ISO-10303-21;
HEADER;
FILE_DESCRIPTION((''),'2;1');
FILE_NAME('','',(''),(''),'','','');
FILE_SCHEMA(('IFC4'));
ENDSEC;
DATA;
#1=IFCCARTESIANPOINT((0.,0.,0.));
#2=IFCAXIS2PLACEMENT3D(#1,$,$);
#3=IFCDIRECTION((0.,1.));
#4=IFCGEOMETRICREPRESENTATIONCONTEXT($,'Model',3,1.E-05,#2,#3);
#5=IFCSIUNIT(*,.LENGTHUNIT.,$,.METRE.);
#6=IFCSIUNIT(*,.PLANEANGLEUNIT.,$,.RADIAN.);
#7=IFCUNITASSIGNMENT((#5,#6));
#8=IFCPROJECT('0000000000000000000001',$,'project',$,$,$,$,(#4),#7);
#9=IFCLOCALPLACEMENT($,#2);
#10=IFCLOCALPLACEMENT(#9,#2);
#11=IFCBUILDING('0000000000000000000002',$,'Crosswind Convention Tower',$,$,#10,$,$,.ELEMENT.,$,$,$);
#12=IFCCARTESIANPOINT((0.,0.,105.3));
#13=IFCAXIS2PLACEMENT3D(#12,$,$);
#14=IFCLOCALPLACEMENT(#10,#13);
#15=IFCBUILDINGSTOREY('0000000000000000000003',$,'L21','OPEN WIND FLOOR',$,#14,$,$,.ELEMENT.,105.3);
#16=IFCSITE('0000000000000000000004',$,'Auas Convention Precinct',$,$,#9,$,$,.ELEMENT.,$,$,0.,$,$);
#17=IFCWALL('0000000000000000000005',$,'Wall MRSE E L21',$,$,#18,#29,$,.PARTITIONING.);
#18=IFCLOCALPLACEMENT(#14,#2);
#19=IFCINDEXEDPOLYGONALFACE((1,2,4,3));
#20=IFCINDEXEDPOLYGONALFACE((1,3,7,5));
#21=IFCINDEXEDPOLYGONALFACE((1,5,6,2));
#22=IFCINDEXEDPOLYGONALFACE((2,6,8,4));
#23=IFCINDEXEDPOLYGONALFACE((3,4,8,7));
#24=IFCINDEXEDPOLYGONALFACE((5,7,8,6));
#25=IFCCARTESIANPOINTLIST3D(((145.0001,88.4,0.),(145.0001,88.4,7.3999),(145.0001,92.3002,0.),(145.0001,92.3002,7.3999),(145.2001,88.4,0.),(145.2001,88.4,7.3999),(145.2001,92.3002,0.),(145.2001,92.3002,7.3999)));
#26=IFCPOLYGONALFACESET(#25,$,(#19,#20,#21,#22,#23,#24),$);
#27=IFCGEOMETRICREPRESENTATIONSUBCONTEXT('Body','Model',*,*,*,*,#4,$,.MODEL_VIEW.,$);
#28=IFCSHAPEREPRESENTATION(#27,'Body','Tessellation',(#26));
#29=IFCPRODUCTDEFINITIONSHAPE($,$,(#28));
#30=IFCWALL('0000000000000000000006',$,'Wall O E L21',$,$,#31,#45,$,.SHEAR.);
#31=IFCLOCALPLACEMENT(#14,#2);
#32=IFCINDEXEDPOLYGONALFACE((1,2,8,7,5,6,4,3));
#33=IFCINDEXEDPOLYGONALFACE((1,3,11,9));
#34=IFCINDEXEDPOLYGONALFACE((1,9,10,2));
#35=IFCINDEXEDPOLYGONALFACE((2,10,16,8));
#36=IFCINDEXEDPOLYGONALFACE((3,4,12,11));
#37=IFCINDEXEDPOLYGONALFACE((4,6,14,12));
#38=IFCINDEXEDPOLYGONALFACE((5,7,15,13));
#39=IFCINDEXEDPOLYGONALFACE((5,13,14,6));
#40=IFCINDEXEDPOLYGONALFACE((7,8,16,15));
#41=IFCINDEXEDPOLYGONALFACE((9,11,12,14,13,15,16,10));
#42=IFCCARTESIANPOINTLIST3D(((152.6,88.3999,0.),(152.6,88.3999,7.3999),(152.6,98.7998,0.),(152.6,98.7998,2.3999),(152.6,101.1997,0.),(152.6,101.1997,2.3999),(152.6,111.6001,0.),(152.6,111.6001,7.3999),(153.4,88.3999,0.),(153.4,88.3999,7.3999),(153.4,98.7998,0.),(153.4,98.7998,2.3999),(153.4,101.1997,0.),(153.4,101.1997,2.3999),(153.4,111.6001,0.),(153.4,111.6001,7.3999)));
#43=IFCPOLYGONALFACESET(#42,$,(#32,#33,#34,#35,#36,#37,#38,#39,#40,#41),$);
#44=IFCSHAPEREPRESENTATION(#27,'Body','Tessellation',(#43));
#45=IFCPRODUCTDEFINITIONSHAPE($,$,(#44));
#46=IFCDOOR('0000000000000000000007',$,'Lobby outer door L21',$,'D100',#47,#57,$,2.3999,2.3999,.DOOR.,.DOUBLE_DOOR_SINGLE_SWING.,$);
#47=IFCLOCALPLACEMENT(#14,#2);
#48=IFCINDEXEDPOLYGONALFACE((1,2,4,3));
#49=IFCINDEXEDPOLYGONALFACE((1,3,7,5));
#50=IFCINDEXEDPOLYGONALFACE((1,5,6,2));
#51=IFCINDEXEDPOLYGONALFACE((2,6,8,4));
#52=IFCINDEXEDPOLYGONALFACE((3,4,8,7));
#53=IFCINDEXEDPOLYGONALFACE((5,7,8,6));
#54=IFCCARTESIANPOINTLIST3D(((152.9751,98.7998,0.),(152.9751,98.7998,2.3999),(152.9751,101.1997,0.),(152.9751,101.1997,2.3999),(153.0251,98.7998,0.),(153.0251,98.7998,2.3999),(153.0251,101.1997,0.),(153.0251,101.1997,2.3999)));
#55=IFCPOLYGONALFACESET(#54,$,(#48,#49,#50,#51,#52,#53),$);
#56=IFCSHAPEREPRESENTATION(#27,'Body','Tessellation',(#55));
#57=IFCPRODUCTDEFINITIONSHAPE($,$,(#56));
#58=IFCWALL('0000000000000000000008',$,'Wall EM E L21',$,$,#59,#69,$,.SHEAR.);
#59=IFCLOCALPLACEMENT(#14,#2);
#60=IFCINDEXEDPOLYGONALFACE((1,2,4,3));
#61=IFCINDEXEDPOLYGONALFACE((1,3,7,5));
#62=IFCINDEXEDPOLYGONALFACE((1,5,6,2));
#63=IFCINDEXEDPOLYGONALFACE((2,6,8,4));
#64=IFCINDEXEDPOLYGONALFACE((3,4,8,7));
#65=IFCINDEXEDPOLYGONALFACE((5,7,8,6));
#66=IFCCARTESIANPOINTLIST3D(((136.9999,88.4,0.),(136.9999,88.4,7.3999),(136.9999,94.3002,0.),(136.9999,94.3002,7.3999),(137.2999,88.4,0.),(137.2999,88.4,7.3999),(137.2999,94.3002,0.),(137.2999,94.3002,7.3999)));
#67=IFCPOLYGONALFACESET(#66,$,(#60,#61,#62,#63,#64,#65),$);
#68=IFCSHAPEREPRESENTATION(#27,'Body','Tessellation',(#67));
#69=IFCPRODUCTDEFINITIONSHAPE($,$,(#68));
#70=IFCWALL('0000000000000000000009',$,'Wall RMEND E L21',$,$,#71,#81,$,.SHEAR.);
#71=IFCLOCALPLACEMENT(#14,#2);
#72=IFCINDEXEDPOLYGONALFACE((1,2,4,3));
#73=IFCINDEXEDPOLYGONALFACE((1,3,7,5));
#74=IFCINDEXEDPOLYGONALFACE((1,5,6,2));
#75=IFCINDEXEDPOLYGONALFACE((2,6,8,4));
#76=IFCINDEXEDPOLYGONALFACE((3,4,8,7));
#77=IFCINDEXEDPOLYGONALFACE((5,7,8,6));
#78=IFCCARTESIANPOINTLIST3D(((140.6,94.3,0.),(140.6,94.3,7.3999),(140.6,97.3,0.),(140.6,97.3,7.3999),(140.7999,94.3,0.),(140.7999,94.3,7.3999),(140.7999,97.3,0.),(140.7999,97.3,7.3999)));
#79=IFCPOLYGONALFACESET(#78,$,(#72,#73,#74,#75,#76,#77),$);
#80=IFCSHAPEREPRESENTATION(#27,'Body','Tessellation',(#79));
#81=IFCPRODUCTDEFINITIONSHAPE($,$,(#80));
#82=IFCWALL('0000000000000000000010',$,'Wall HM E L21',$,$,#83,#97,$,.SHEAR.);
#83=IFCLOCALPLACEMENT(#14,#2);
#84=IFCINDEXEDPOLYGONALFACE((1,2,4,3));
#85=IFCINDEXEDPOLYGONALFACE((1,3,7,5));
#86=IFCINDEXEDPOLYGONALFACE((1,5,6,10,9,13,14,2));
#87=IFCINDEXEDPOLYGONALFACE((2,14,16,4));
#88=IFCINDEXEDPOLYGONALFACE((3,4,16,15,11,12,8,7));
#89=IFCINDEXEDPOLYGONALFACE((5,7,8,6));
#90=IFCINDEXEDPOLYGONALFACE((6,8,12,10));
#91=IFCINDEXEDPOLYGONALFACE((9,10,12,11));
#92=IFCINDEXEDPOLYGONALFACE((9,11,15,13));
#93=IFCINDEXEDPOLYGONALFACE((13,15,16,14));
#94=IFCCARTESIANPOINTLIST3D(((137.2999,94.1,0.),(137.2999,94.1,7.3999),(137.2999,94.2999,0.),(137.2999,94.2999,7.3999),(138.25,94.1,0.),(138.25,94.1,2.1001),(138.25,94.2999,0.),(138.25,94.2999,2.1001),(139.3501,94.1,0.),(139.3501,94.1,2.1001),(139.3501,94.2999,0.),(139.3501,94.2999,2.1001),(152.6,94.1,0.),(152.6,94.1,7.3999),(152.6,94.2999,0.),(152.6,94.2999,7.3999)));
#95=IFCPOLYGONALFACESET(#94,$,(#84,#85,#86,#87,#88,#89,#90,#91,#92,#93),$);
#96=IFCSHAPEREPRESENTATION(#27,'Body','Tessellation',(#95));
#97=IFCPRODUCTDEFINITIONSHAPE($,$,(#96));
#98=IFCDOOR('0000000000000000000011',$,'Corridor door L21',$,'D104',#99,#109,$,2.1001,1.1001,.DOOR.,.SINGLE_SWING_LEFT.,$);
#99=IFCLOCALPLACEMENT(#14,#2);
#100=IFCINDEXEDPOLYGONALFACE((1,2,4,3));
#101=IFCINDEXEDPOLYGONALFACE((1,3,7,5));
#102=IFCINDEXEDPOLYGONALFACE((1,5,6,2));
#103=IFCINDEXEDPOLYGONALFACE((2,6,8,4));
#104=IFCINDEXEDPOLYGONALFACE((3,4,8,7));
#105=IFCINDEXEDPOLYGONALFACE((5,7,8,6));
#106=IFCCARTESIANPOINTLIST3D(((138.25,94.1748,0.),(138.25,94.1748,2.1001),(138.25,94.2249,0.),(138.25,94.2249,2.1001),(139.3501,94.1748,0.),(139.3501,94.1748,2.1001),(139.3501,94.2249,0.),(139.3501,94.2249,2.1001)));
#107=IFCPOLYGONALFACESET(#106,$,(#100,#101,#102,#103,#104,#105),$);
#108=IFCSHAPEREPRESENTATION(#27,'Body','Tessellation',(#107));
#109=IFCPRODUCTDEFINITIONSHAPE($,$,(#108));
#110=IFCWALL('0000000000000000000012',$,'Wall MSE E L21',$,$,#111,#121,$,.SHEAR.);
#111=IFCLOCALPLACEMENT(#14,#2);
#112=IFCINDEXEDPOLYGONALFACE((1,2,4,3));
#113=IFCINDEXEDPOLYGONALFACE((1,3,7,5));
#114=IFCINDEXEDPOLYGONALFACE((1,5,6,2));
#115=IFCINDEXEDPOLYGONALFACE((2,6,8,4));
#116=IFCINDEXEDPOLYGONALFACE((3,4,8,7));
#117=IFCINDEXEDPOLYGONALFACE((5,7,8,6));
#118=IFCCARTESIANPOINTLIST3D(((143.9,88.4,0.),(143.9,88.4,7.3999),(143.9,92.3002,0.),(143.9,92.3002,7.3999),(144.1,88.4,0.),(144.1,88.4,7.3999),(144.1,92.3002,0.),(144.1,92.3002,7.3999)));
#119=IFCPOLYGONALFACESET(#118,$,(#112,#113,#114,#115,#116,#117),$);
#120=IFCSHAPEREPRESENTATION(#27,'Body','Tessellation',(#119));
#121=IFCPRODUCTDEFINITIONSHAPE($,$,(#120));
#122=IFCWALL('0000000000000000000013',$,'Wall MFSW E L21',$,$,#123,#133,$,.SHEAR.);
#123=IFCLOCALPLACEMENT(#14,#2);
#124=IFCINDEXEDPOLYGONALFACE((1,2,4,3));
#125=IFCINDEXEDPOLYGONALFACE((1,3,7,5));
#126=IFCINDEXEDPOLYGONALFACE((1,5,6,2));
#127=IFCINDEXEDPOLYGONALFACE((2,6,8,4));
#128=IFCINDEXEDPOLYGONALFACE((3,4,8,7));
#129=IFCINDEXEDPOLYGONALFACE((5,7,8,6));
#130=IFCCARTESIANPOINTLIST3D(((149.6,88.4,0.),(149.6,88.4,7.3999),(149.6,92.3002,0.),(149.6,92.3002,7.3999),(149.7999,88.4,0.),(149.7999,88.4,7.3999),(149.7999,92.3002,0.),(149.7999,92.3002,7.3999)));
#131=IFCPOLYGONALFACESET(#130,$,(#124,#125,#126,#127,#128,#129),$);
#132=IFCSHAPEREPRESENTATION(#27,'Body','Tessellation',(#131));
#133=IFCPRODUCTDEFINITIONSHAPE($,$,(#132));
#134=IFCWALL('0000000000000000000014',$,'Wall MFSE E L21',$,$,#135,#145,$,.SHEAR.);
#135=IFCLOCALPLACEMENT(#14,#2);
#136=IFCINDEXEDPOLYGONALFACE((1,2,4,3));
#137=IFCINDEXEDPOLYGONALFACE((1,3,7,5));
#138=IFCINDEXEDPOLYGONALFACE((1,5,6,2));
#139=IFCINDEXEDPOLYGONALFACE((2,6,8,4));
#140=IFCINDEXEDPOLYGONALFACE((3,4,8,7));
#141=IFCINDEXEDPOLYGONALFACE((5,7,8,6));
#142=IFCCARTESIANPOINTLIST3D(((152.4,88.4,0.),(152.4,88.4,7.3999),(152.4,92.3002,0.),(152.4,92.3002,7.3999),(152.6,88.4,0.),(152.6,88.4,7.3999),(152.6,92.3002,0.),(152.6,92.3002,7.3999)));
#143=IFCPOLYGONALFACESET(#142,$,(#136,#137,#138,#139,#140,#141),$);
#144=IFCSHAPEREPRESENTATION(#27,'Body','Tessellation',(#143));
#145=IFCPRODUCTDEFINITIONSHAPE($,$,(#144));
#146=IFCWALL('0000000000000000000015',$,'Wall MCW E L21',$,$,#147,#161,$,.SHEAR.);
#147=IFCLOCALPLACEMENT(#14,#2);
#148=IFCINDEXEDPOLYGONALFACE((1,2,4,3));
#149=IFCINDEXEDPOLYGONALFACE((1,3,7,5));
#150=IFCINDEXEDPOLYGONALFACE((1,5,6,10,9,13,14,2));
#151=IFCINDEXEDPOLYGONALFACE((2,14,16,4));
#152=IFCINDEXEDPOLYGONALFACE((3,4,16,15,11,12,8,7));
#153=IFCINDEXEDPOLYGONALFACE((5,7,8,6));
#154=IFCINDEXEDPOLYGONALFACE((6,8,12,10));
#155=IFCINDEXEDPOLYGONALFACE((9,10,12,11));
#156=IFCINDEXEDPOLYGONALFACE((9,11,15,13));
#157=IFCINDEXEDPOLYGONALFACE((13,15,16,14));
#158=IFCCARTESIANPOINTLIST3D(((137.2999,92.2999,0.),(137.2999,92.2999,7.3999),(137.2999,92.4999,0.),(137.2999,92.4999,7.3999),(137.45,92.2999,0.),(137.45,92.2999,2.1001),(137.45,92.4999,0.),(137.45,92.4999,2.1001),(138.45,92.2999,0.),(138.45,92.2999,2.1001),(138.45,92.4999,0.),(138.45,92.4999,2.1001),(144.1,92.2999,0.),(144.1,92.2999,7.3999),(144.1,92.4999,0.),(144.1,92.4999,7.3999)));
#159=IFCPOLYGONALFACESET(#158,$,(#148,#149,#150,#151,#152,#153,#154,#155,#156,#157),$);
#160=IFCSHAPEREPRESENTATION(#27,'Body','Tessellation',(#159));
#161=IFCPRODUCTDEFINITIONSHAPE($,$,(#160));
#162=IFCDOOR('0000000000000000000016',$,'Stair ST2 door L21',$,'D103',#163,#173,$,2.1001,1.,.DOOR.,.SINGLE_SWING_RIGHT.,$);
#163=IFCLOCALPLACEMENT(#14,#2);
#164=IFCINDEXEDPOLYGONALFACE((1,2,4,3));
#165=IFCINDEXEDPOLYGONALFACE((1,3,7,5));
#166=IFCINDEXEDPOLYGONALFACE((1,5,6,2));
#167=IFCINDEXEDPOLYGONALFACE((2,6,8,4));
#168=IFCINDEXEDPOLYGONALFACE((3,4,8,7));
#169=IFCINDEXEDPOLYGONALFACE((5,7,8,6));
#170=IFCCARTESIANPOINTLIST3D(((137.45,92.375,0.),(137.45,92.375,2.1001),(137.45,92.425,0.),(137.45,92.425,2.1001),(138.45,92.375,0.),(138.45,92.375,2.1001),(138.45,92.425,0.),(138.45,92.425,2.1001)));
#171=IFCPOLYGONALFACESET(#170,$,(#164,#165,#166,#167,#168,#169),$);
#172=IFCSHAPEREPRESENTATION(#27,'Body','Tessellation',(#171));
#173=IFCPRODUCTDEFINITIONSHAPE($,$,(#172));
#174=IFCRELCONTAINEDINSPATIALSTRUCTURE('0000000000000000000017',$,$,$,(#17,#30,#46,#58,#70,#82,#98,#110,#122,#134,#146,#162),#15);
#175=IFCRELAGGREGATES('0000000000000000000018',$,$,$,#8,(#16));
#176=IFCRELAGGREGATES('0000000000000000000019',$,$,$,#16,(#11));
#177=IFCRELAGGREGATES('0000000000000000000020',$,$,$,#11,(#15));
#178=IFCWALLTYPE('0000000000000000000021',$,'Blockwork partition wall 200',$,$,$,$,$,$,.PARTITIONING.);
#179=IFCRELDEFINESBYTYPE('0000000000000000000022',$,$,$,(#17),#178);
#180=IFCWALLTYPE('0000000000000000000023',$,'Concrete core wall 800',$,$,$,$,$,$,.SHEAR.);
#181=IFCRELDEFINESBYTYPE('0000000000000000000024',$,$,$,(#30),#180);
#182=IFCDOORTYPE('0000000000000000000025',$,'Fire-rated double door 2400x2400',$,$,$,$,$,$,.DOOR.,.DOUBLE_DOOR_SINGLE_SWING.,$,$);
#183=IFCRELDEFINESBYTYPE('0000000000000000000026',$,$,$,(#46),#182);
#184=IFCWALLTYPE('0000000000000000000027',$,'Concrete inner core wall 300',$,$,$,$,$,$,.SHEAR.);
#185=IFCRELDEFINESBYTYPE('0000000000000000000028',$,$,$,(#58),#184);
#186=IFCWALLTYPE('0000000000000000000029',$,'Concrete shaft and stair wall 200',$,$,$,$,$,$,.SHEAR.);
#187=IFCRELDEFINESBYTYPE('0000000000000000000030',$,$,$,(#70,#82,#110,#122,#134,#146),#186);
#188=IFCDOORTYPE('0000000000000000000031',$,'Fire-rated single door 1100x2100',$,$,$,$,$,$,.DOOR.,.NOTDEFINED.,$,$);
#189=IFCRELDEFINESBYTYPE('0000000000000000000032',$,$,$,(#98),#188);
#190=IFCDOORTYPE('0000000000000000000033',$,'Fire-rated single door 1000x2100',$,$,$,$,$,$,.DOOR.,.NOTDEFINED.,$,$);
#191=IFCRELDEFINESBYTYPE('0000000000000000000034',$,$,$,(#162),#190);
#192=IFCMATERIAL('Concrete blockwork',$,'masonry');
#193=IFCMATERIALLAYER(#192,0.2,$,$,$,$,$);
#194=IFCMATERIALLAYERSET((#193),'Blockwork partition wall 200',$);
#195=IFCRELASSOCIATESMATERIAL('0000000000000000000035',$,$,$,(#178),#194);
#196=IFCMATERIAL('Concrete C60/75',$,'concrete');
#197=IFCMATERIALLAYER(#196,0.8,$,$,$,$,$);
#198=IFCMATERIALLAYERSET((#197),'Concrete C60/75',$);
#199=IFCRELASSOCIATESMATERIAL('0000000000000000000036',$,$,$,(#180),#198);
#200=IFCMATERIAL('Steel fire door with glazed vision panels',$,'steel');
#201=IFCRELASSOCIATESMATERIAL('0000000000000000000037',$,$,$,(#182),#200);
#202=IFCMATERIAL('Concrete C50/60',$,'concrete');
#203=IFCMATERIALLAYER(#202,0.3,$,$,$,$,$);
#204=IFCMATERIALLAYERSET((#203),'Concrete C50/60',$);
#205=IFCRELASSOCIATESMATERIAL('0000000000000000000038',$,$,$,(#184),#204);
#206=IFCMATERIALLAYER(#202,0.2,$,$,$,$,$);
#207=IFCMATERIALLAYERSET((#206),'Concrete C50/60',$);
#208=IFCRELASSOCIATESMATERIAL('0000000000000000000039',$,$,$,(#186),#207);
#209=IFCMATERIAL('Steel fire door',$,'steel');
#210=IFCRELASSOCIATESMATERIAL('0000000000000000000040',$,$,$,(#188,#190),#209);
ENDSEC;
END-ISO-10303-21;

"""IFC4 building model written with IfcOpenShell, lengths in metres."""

from ifc_helpers import new_model, si_unit, direction, frame, frame_2d, origin, place, context, subcontext, project, spatial, rectangle, extrude, material, layer, layer_set, type_object, element, fill, save


model = new_model("IFC4")

# Units and contexts
model_context = context("Model", 3, precision=1e-05, world=origin(), true_north=direction((0.0, 1.0)))
body_context = subcontext(model_context, "Body", "Model", "MODEL_VIEW")
ifc_project = project(units=[si_unit("LENGTHUNIT", "METRE"), si_unit("PLANEANGLEUNIT", "RADIAN")], contexts=[model_context])

# Site, building, storey
site_placement = place(None, origin())
site = spatial("IfcSite", under=ifc_project, at=site_placement, Name="Auas Convention Precinct", CompositionType="ELEMENT", RefElevation=0.0)
building_placement = place(site_placement, origin())
building = spatial("IfcBuilding", under=site, at=building_placement, Name="Crosswind Convention Tower", CompositionType="ELEMENT")
storey_placement = place(building_placement, frame((0.0, 0.0, 105.3)))
storey = spatial("IfcBuildingStorey", under=building, at=storey_placement, Name="L21", Description="OPEN WIND FLOOR", CompositionType="ELEMENT", Elevation=105.3)

# Wall
ifc_material_1 = material(Name="Concrete blockwork", Category="masonry")
ifc_layer_1 = layer(ifc_material_1, 0.2)
ifc_layer_set_1 = layer_set([ifc_layer_1], Name="Blockwork partition wall 200")
wall_type_1 = type_object("IfcWallType", Name="Blockwork partition wall 200", PredefinedType="PARTITIONING", material=ifc_layer_set_1)
wall_1_placement = place(storey_placement, frame((145.1001, 88.3999, 0.0), z_axis=(0.0, 0.0, 1.0), x_axis=(0.0, 1.0, 0.0)))
element("IfcWall", 1, at=wall_1_placement, inside=storey, type_object=wall_type_1, Name="Wall MRSE E L21", PredefinedType="PARTITIONING", context=body_context, shape_type="SweptSolid", body=[
    extrude(rectangle(XDim=3.9001, YDim=0.2, at=frame_2d((1.9502, 0.0))), origin(), (0.0, 0.0, 1.0), 7.3999),
])

# Wall, opening, door
ifc_material_2 = material(Name="Concrete C60/75", Category="concrete")
ifc_layer_2 = layer(ifc_material_2, 0.8)
ifc_layer_set_2 = layer_set([ifc_layer_2], Name="Concrete C60/75")
wall_type_2 = type_object("IfcWallType", Name="Concrete core wall 800", PredefinedType="SHEAR", material=ifc_layer_set_2)
wall_2_placement = place(storey_placement, frame((153.0, 88.3999, 0.0), z_axis=(0.0, 0.0, 1.0), x_axis=(0.0, 1.0, 0.0)))
wall_2 = element("IfcWall", 2, at=wall_2_placement, inside=storey, type_object=wall_type_2, Name="Wall O E L21", PredefinedType="SHEAR", context=body_context, shape_type="SweptSolid", body=[
    extrude(rectangle(XDim=23.2002, YDim=0.8, at=frame_2d((11.6001, 0.0))), origin(), (0.0, 0.0, 1.0), 7.3999),
])
opening_1_placement = place(wall_2_placement, frame((10.3999, 0.0, 0.0)))
opening_1 = element("IfcOpeningElement", 3, at=opening_1_placement, cuts=wall_2, PredefinedType="OPENING", context=body_context, shape_type="SweptSolid", body=[
    extrude(rectangle(XDim=2.3999, YDim=2.3999, at=frame_2d((1.2, 1.2))), frame((0.0, 0.4099, 0.0), z_axis=(0.0, -1.0, 0.0), x_axis=(1.0, 0.0, 0.0)), (0.0, 0.0, 1.0), 0.8201),
])
ifc_material_3 = material(Name="Steel fire door with glazed vision panels", Category="steel")
door_type_1 = type_object("IfcDoorType", Name="Fire-rated double door 2400x2400", OperationType="DOUBLE_DOOR_SINGLE_SWING", PredefinedType="DOOR", material=ifc_material_3)
door_1_placement = place(opening_1_placement, origin())
door_1 = element("IfcDoor", 4, at=door_1_placement, inside=storey, type_object=door_type_1, Name="Lobby outer door L21", ObjectType="D100", OperationType="DOUBLE_DOOR_SINGLE_SWING", OverallHeight=2.3999, OverallWidth=2.3999, PredefinedType="DOOR", context=body_context, shape_type="SweptSolid", body=[
    extrude(rectangle(XDim=2.3999, YDim=2.3999, at=frame_2d((1.2, 1.2))), frame((0.0, 0.0249, 0.0), z_axis=(0.0, -1.0, 0.0), x_axis=(1.0, 0.0, 0.0)), (0.0, 0.0, 1.0), 0.05),
])
fill(opening_1, door_1)

# Shared definitions
ifc_material_4 = material(Name="Concrete C50/60", Category="concrete")
ifc_layer_3 = layer(ifc_material_4, 0.3)
ifc_layer_set_3 = layer_set([ifc_layer_3], Name="Concrete C50/60")
wall_type_3 = type_object("IfcWallType", Name="Concrete inner core wall 300", PredefinedType="SHEAR", material=ifc_layer_set_3)

# Walls
wall_3_placement = place(storey_placement, frame((137.1499, 88.3999, 0.0), z_axis=(0.0, 0.0, 1.0), x_axis=(0.0, 1.0, 0.0)))
element("IfcWall", 5, at=wall_3_placement, inside=storey, type_object=wall_type_3, Name="Wall EM E L21", PredefinedType="SHEAR", context=body_context, shape_type="SweptSolid", body=[
    extrude(rectangle(XDim=5.9001, YDim=0.3, at=frame_2d((2.9502, 0.0))), origin(), (0.0, 0.0, 1.0), 7.3999),
])
ifc_layer_4 = layer(ifc_material_4, 0.2)
ifc_layer_set_4 = layer_set([ifc_layer_4], Name="Concrete C50/60")
wall_type_4 = type_object("IfcWallType", Name="Concrete shaft and stair wall 200", PredefinedType="SHEAR", material=ifc_layer_set_4)
wall_4_placement = place(storey_placement, frame((140.7, 94.3, 0.0), z_axis=(0.0, 0.0, 1.0), x_axis=(0.0, 1.0, 0.0)))
element("IfcWall", 6, at=wall_4_placement, inside=storey, type_object=wall_type_4, Name="Wall RMEND E L21", PredefinedType="SHEAR", context=body_context, shape_type="SweptSolid", body=[
    extrude(rectangle(XDim=3.0, YDim=0.2, at=frame_2d((1.5, 0.0))), origin(), (0.0, 0.0, 1.0), 7.3999),
])

# Wall, opening, door
wall_5_placement = place(storey_placement, frame((137.3, 94.2, 0.0), z_axis=(0.0, 0.0, 1.0), x_axis=(1.0, 0.0, 0.0)))
wall_5 = element("IfcWall", 7, at=wall_5_placement, inside=storey, type_object=wall_type_4, Name="Wall HM E L21", PredefinedType="SHEAR", context=body_context, shape_type="SweptSolid", body=[
    extrude(rectangle(XDim=15.3, YDim=0.2, at=frame_2d((7.6499, 0.0))), origin(), (0.0, 0.0, 1.0), 7.3999),
])
opening_2_placement = place(wall_5_placement, frame((0.95, 0.0, 0.0)))
opening_2 = element("IfcOpeningElement", 8, at=opening_2_placement, cuts=wall_5, PredefinedType="OPENING", context=body_context, shape_type="SweptSolid", body=[
    extrude(rectangle(XDim=1.1001, YDim=2.1001, at=frame_2d((0.55, 1.05))), frame((0.0, 0.1099, 0.0), z_axis=(0.0, -1.0, 0.0), x_axis=(1.0, 0.0, 0.0)), (0.0, 0.0, 1.0), 0.22),
])
ifc_material_5 = material(Name="Steel fire door", Category="steel")
door_type_2 = type_object("IfcDoorType", Name="Fire-rated single door 1100x2100", OperationType="NOTDEFINED", PredefinedType="DOOR", material=ifc_material_5)
door_2_placement = place(opening_2_placement, origin())
door_2 = element("IfcDoor", 9, at=door_2_placement, inside=storey, type_object=door_type_2, Name="Corridor door L21", ObjectType="D104", OperationType="SINGLE_SWING_LEFT", OverallHeight=2.1001, OverallWidth=1.1001, PredefinedType="DOOR", context=body_context, shape_type="SweptSolid", body=[
    extrude(rectangle(XDim=1.1001, YDim=2.1001, at=frame_2d((0.55, 1.05))), frame((0.0, 0.0249, 0.0), z_axis=(0.0, -1.0, 0.0), x_axis=(1.0, 0.0, 0.0)), (0.0, 0.0, 1.0), 0.05),
])
fill(opening_2, door_2)

# Walls
for number, where, z_axis, x_axis, name in (
    (10, (144.0, 88.3999, 0.0), (0.0, 0.0, 1.0), (0.0, 1.0, 0.0), "Wall MSE E L21"),
    (11, (149.7, 88.3999, 0.0), (0.0, 0.0, 1.0), (0.0, 1.0, 0.0), "Wall MFSW E L21"),
    (12, (152.5, 88.3999, 0.0), (0.0, 0.0, 1.0), (0.0, 1.0, 0.0), "Wall MFSE E L21"),
):
    element("IfcWall", number, at=place(storey_placement, frame(where, z_axis=z_axis, x_axis=x_axis)), inside=storey, type_object=wall_type_4, Name=name, PredefinedType="SHEAR", context=body_context, shape_type="SweptSolid", body=[
        extrude(rectangle(XDim=3.9001, YDim=0.2, at=frame_2d((1.9502, 0.0))), origin(), (0.0, 0.0, 1.0), 7.3999),
    ])

# Wall, opening, door
wall_6_placement = place(storey_placement, frame((137.3, 92.3999, 0.0), z_axis=(0.0, 0.0, 1.0), x_axis=(1.0, 0.0, 0.0)))
wall_6 = element("IfcWall", 13, at=wall_6_placement, inside=storey, type_object=wall_type_4, Name="Wall MCW E L21", PredefinedType="SHEAR", context=body_context, shape_type="SweptSolid", body=[
    extrude(rectangle(XDim=6.8, YDim=0.2, at=frame_2d((3.3999, 0.0))), origin(), (0.0, 0.0, 1.0), 7.3999),
])
opening_3_placement = place(wall_6_placement, frame((0.1499, 0.0, 0.0)))
opening_3 = element("IfcOpeningElement", 14, at=opening_3_placement, cuts=wall_6, PredefinedType="OPENING", context=body_context, shape_type="SweptSolid", body=[
    extrude(rectangle(XDim=1.0, YDim=2.1001, at=frame_2d((0.5, 1.05))), frame((0.0, 0.1099, 0.0), z_axis=(0.0, -1.0, 0.0), x_axis=(1.0, 0.0, 0.0)), (0.0, 0.0, 1.0), 0.22),
])
door_type_3 = type_object("IfcDoorType", Name="Fire-rated single door 1000x2100", OperationType="NOTDEFINED", PredefinedType="DOOR", material=ifc_material_5)
door_3_placement = place(opening_3_placement, frame((1.0, 0.0, 0.0), z_axis=(0.0, 0.0, 1.0), x_axis=(-1.0, 0.0, 0.0)))
door_3 = element("IfcDoor", 15, at=door_3_placement, inside=storey, type_object=door_type_3, Name="Stair ST2 door L21", ObjectType="D103", OperationType="SINGLE_SWING_RIGHT", OverallHeight=2.1001, OverallWidth=1.0, PredefinedType="DOOR", context=body_context, shape_type="SweptSolid", body=[
    extrude(rectangle(XDim=1.0, YDim=2.1001, at=frame_2d((0.5, 1.05))), frame((0.0, 0.0249, 0.0), z_axis=(0.0, -1.0, 0.0), x_axis=(1.0, 0.0, 0.0)), (0.0, 0.0, 1.0), 0.05),
])
fill(opening_3, door_3)

save(model, "model.ifc")
